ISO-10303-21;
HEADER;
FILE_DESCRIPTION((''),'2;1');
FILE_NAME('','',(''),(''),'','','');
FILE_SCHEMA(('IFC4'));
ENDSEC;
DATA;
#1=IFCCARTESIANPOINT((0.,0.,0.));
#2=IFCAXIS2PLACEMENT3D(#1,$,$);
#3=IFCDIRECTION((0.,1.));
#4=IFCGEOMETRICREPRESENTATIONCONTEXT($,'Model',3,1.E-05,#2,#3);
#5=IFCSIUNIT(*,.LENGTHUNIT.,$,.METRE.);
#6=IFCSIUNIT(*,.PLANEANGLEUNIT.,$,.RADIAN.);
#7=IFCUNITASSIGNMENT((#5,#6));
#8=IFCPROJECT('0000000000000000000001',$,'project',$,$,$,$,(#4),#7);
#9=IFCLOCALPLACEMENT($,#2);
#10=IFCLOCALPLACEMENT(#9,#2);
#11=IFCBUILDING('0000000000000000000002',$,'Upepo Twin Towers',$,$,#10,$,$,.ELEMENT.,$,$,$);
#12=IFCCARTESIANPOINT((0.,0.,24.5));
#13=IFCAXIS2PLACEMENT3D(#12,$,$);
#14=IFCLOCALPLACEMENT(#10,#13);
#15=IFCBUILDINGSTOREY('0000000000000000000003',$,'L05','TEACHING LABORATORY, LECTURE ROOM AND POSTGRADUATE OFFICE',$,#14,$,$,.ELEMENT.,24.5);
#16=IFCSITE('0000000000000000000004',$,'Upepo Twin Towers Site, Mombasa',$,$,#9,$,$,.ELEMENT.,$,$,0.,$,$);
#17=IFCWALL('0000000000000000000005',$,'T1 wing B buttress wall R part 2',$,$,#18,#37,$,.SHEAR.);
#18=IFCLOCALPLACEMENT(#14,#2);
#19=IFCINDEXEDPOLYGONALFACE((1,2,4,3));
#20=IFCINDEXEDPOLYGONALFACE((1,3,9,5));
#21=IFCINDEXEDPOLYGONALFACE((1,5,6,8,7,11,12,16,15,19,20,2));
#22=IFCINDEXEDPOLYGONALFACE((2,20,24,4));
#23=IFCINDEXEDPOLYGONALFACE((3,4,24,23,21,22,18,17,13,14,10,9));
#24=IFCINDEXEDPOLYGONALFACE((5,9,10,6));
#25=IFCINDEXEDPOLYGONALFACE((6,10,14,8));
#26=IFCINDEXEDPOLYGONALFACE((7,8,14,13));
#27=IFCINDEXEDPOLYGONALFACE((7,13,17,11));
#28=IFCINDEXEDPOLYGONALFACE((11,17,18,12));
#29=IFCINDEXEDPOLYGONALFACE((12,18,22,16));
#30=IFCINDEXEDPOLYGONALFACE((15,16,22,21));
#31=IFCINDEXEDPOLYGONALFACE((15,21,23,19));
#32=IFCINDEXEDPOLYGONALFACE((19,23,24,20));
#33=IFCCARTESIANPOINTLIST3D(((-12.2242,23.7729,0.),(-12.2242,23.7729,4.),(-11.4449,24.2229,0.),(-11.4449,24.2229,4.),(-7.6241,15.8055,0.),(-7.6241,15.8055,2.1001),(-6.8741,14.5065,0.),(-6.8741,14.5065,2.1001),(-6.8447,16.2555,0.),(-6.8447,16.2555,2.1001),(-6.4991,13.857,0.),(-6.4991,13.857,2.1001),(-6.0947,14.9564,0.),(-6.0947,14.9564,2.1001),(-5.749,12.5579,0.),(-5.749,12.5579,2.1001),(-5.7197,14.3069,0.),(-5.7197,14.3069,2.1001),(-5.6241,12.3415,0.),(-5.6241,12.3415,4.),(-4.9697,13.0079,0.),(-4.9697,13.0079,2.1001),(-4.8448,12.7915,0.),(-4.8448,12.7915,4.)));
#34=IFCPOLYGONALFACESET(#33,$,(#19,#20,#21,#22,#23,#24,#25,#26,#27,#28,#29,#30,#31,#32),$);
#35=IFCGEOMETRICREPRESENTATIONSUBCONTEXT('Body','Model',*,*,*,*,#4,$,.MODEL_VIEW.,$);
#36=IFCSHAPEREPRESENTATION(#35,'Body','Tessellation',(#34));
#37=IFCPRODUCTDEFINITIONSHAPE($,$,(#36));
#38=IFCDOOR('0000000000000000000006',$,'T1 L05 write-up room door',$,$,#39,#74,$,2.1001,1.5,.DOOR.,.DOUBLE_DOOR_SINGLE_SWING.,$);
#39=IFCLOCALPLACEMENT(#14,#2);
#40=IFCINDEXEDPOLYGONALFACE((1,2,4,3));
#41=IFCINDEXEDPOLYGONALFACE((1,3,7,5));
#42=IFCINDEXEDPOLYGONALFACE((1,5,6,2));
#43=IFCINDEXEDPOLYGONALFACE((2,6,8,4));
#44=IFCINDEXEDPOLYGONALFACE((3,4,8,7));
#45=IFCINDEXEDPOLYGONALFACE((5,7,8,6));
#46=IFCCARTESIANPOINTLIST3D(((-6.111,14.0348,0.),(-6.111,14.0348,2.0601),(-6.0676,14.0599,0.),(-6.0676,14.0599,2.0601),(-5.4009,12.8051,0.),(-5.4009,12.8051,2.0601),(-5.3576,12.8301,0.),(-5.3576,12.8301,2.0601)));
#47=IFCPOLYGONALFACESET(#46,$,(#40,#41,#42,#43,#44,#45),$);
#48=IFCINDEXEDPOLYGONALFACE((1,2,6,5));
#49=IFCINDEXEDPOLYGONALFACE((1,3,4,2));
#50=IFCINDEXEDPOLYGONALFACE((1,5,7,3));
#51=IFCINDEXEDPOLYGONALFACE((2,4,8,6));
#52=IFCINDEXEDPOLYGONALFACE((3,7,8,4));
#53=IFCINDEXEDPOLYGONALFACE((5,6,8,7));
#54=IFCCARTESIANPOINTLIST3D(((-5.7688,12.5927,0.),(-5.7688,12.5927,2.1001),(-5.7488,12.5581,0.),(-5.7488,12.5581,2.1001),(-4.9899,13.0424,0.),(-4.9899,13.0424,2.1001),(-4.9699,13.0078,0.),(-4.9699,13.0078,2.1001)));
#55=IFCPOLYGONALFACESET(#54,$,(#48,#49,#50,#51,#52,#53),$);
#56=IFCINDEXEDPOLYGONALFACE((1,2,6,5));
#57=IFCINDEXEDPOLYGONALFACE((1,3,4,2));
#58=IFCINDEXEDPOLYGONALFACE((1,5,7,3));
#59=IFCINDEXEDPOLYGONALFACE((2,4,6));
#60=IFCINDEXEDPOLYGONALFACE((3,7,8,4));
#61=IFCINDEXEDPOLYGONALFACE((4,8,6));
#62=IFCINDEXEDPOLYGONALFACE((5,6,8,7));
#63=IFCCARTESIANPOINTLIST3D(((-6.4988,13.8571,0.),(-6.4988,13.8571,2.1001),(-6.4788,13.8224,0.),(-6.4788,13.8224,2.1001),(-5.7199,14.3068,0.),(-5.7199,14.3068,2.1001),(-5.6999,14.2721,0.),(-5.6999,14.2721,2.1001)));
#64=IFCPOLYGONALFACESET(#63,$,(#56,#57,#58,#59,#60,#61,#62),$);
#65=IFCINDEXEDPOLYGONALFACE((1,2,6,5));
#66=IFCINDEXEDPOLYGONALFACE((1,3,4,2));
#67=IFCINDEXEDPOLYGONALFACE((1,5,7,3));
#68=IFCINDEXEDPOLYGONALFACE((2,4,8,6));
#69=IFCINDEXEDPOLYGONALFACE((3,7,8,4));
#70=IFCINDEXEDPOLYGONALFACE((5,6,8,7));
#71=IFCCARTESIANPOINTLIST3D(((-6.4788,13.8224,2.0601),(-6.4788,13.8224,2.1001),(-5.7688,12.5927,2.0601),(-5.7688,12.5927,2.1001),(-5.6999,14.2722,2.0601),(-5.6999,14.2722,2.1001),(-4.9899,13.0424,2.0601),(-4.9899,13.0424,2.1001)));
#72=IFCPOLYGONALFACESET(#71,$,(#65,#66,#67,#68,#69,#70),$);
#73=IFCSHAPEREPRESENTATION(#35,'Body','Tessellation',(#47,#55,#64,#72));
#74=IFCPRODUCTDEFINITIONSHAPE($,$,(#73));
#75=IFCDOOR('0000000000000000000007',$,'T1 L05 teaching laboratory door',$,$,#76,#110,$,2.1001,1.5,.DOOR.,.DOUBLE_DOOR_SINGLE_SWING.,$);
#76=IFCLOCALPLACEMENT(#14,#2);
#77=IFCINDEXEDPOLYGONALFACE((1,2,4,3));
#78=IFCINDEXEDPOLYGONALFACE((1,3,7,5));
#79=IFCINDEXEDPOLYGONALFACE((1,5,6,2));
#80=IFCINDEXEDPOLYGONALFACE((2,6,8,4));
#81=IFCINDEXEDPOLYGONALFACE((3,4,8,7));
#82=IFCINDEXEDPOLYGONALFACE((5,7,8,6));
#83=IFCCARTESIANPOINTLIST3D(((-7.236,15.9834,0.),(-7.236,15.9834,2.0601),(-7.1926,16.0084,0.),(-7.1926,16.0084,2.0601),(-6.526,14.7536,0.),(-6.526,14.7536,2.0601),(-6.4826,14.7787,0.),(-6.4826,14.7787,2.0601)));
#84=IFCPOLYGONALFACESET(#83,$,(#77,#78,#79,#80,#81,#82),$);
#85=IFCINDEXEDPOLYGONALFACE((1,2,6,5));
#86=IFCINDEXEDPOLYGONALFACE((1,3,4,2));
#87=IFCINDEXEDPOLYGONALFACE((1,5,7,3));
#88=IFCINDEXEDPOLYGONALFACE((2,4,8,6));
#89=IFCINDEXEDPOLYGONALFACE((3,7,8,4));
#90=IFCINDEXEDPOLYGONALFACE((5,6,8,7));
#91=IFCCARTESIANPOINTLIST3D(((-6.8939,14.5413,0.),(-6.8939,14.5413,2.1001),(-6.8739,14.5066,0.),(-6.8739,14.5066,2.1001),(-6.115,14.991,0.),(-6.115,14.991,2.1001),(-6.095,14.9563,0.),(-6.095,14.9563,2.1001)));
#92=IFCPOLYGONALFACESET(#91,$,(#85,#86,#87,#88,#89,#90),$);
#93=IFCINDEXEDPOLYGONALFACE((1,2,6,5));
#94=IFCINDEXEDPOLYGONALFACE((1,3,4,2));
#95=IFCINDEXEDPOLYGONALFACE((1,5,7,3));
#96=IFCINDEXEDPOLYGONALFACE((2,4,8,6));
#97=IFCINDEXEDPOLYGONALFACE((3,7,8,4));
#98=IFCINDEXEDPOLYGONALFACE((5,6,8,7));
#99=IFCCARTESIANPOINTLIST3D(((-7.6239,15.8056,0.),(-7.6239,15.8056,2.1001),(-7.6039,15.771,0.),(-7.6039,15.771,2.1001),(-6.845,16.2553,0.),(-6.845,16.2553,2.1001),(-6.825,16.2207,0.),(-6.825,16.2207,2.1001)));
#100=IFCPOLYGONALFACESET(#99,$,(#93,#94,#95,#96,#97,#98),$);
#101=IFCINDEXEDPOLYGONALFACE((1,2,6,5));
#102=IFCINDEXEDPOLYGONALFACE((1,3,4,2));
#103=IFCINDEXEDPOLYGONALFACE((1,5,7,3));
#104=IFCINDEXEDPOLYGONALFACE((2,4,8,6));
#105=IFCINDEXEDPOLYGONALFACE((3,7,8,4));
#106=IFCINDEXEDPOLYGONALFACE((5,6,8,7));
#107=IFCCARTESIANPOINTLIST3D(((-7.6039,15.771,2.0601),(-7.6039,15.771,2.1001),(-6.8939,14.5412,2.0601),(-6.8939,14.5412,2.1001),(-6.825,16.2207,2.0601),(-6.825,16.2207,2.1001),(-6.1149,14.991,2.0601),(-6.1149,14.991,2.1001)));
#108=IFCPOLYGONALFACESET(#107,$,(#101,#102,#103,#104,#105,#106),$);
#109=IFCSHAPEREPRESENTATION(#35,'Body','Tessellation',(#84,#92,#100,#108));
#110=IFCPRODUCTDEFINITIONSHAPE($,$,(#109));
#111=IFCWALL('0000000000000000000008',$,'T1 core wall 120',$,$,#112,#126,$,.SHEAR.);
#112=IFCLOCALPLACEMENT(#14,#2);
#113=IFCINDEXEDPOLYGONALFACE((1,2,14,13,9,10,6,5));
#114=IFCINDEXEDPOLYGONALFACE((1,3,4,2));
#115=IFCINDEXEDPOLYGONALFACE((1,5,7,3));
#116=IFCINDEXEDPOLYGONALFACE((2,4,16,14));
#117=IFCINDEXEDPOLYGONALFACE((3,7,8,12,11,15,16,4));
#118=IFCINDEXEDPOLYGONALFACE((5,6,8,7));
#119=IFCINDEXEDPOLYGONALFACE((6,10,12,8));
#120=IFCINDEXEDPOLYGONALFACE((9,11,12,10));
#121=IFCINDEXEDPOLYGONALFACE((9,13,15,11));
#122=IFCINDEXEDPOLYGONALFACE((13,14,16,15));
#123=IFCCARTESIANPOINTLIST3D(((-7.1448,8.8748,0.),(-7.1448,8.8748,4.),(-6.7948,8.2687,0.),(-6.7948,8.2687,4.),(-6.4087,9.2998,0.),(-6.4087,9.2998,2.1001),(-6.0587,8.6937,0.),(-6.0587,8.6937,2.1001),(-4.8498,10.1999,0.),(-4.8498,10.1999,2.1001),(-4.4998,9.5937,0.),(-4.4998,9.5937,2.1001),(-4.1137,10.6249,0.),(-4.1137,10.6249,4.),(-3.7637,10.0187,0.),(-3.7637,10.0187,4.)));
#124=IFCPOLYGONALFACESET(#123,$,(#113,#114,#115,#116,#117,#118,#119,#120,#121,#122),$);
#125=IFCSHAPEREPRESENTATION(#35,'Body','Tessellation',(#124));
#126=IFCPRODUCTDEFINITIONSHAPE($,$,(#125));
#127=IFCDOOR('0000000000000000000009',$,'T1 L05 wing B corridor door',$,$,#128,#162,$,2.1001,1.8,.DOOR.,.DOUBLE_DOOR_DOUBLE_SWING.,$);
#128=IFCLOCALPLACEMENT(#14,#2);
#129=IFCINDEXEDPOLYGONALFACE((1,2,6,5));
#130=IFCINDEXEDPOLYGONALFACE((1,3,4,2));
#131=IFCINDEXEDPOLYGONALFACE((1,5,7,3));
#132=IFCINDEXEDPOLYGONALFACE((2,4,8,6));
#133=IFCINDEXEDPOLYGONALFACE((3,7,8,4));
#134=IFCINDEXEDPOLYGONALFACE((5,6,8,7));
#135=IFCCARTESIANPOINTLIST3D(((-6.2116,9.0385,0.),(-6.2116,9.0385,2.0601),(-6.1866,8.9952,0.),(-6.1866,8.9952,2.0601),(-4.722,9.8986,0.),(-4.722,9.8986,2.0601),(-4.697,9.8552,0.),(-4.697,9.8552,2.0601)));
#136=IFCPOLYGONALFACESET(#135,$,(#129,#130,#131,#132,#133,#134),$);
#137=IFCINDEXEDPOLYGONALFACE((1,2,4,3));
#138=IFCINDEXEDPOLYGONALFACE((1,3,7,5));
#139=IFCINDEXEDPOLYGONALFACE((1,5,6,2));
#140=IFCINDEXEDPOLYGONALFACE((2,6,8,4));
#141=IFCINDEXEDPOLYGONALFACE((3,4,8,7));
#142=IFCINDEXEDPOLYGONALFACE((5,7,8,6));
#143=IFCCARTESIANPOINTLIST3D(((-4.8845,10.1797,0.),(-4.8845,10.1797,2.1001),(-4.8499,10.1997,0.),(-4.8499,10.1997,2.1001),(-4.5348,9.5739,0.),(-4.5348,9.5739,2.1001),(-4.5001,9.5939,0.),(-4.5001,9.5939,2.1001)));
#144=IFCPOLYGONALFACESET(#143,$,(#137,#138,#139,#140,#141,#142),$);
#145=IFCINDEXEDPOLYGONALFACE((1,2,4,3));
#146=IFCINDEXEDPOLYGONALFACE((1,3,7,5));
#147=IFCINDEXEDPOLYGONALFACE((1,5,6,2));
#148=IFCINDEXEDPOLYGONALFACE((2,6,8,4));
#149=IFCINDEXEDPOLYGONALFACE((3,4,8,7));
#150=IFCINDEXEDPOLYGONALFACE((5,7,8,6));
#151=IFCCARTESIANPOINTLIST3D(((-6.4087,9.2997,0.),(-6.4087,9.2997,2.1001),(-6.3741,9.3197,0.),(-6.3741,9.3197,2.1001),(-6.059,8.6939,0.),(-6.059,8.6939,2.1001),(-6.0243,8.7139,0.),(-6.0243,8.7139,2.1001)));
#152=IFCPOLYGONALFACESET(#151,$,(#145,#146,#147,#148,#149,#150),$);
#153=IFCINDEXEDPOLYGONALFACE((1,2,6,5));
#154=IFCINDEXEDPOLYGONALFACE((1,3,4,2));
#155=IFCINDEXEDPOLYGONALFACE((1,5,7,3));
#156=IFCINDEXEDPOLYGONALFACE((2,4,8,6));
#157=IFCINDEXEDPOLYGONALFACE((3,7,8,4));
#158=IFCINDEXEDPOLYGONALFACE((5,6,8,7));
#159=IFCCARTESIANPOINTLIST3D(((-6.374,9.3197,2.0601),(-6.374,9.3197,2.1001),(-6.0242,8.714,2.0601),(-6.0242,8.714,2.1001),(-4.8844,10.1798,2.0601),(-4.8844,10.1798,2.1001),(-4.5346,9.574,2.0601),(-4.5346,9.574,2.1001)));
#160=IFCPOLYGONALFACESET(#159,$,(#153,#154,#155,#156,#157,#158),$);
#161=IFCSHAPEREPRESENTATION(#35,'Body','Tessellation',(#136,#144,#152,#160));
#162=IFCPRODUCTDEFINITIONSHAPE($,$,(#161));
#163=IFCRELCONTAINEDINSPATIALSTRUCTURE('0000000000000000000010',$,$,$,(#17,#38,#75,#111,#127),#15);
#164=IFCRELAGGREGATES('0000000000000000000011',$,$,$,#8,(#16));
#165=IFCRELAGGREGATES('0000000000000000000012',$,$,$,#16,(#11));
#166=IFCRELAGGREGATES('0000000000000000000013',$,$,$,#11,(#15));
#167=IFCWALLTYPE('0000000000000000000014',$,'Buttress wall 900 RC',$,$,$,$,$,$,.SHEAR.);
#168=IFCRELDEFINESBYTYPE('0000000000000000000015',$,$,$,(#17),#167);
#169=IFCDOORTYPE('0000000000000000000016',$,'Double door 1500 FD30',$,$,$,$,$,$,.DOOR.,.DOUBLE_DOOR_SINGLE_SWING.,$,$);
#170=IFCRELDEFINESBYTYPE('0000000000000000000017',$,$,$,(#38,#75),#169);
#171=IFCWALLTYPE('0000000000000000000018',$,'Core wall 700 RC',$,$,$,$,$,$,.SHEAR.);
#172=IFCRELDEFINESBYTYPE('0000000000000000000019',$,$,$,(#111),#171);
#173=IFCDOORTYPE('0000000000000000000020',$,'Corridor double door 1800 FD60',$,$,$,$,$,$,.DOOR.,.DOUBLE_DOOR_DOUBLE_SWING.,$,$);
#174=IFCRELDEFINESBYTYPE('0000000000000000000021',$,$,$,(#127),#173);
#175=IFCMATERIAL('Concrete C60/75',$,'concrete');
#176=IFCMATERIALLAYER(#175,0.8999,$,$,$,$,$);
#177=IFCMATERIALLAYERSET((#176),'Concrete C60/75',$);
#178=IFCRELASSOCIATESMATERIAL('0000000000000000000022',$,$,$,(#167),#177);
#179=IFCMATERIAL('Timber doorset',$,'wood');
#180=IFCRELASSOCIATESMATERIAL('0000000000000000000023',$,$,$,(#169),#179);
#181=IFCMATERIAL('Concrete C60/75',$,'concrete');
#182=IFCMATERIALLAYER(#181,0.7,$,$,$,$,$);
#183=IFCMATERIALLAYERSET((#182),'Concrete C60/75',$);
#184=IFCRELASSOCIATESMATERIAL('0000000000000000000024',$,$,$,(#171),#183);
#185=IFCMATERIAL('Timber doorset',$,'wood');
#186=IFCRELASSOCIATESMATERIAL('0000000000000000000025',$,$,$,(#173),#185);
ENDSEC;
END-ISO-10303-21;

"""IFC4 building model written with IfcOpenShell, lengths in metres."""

from ifc_helpers import new_model, si_unit, direction, frame, frame_2d, origin, place, context, subcontext, project, spatial, rectangle, extrude, material, layer, layer_set, type_object, element, fill, save


model = new_model("IFC4")

# Units and contexts
model_context = context("Model", 3, precision=1e-05, world=origin(), true_north=direction((0.0, 1.0)))
body_context = subcontext(model_context, "Body", "Model", "MODEL_VIEW")
ifc_project = project(units=[si_unit("LENGTHUNIT", "METRE"), si_unit("PLANEANGLEUNIT", "RADIAN")], contexts=[model_context])

# Site, building, storey
site_placement = place(None, origin())
site = spatial("IfcSite", under=ifc_project, at=site_placement, Name="Upepo Twin Towers Site, Mombasa", CompositionType="ELEMENT", RefElevation=0.0)
building_placement = place(site_placement, origin())
building = spatial("IfcBuilding", under=site, at=building_placement, Name="Upepo Twin Towers", CompositionType="ELEMENT")
storey_placement = place(building_placement, frame((0.0, 0.0, 24.5)))
storey = spatial("IfcBuildingStorey", under=building, at=storey_placement, Name="L05", Description="TEACHING LABORATORY, LECTURE ROOM AND POSTGRADUATE OFFICE", CompositionType="ELEMENT", Elevation=24.5)

# Wall, openings, doors
ifc_material_1 = material(Name="Concrete C60/75", Category="concrete")
ifc_layer_1 = layer(ifc_material_1, 0.8999)
ifc_layer_set_1 = layer_set([ifc_layer_1], Name="Concrete C60/75")
wall_type_1 = type_object("IfcWallType", Name="Buttress wall 900 RC", PredefinedType="SHEAR", material=ifc_layer_set_1)
ifc_material_2 = material(Name="Timber doorset", Category="wood")
door_type_1 = type_object("IfcDoorType", Name="Double door 1500 FD30", OperationType="DOUBLE_DOOR_SINGLE_SWING", PredefinedType="DOOR", material=ifc_material_2)
wall_1_placement = place(storey_placement, frame((-5.2344, 12.5664, 0.0), z_axis=(0.0, 0.0, 1.0), x_axis=(-0.50001, 0.86602, 0.0)))
wall_1 = element("IfcWall", 1, at=wall_1_placement, inside=storey, type_object=wall_type_1, Name="T1 wing B buttress wall R part 2", PredefinedType="SHEAR", context=body_context, shape_type="SweptSolid", body=[
    extrude(rectangle(XDim=13.2, YDim=0.8999, at=frame_2d((6.6001, 0.0))), origin(), (0.0, 0.0, 1.0), 4.0),
])
opening_1_placement = place(wall_1_placement, frame((0.25, 0.0, 0.0)))
opening_1 = element("IfcOpeningElement", 2, at=opening_1_placement, cuts=wall_1, PredefinedType="OPENING", context=body_context, shape_type="SweptSolid", body=[
    extrude(rectangle(XDim=1.5, YDim=2.1001, at=frame_2d((0.75, 1.05))), frame((0.0, 0.46, 0.0), z_axis=(0.0, -1.0, 0.0), x_axis=(1.0, 0.0, 0.0)), (0.0, 0.0, 1.0), 0.9199),
])
opening_2_placement = place(wall_1_placement, frame((2.5, 0.0, 0.0)))
opening_2 = element("IfcOpeningElement", 3, at=opening_2_placement, cuts=wall_1, PredefinedType="OPENING", context=body_context, shape_type="SweptSolid", body=[
    extrude(rectangle(XDim=1.5, YDim=2.1001, at=frame_2d((0.75, 1.05))), frame((0.0, 0.46, 0.0), z_axis=(0.0, -1.0, 0.0), x_axis=(1.0, 0.0, 0.0)), (0.0, 0.0, 1.0), 0.9199),
])
door_1_placement = place(opening_1_placement, origin())
door_1 = element("IfcDoor", 4, at=door_1_placement, inside=storey, type_object=door_type_1, Name="T1 L05 write-up room door", OperationType="DOUBLE_DOOR_SINGLE_SWING", OverallHeight=2.1001, OverallWidth=1.5, PredefinedType="DOOR", context=body_context, shape_type="SweptSolid", body=[
    extrude(rectangle(XDim=1.42, YDim=2.0601, at=frame_2d((0.75, 1.03))), frame((0.0, 0.0249, 0.0), z_axis=(0.0, -1.0, 0.0), x_axis=(1.0, 0.0, 0.0)), (0.0, 0.0, 1.0), 0.05),
    extrude(rectangle(XDim=0.04, YDim=2.1001, at=frame_2d((0.02, 1.05))), frame((0.0, 0.4497, 0.0), z_axis=(0.0, -1.0, 0.0), x_axis=(1.0, 0.0, 0.0)), (0.0, 0.0, 1.0), 0.8994),
    extrude(rectangle(XDim=0.04, YDim=2.1001, at=frame_2d((1.48, 1.05))), frame((0.0, 0.4497, 0.0), z_axis=(0.0, -1.0, 0.0), x_axis=(1.0, 0.0, 0.0)), (0.0, 0.0, 1.0), 0.8994),
    extrude(rectangle(XDim=1.42, YDim=0.04, at=frame_2d((0.75, 2.0801))), frame((0.0, 0.4497, 0.0), z_axis=(0.0, -1.0, 0.0), x_axis=(1.0, 0.0, 0.0)), (0.0, 0.0, 1.0), 0.8994),
])
fill(opening_1, door_1)
door_2_placement = place(opening_2_placement, origin())
door_2 = element("IfcDoor", 5, at=door_2_placement, inside=storey, type_object=door_type_1, Name="T1 L05 teaching laboratory door", OperationType="DOUBLE_DOOR_SINGLE_SWING", OverallHeight=2.1001, OverallWidth=1.5, PredefinedType="DOOR", context=body_context, shape_type="SweptSolid", body=[
    extrude(rectangle(XDim=1.42, YDim=2.0601, at=frame_2d((0.75, 1.03))), frame((0.0, 0.0249, 0.0), z_axis=(0.0, -1.0, 0.0), x_axis=(1.0, 0.0, 0.0)), (0.0, 0.0, 1.0), 0.05),
    extrude(rectangle(XDim=0.04, YDim=2.1001, at=frame_2d((0.02, 1.05))), frame((0.0, 0.4497, 0.0), z_axis=(0.0, -1.0, 0.0), x_axis=(1.0, 0.0, 0.0)), (0.0, 0.0, 1.0), 0.8994),
    extrude(rectangle(XDim=0.04, YDim=2.1001, at=frame_2d((1.48, 1.05))), frame((0.0, 0.4497, 0.0), z_axis=(0.0, -1.0, 0.0), x_axis=(1.0, 0.0, 0.0)), (0.0, 0.0, 1.0), 0.8994),
    extrude(rectangle(XDim=1.42, YDim=0.04, at=frame_2d((0.75, 2.0801))), frame((0.0, 0.4497, 0.0), z_axis=(0.0, -1.0, 0.0), x_axis=(1.0, 0.0, 0.0)), (0.0, 0.0, 1.0), 0.8994),
])
fill(opening_2, door_2)

# Wall, opening, door
ifc_material_3 = material(Name="Concrete C60/75", Category="concrete")
ifc_layer_2 = layer(ifc_material_3, 0.7)
ifc_layer_set_2 = layer_set([ifc_layer_2], Name="Concrete C60/75")
wall_type_2 = type_object("IfcWallType", Name="Core wall 700 RC", PredefinedType="SHEAR", material=ifc_layer_set_2)
wall_2_placement = place(storey_placement, frame((-3.9387, 10.3218, 0.0), z_axis=(0.0, 0.0, 1.0), x_axis=(-0.866019, -0.50001, 0.0)))
wall_2 = element("IfcWall", 6, at=wall_2_placement, inside=storey, type_object=wall_type_2, Name="T1 core wall 120", PredefinedType="SHEAR", context=body_context, shape_type="SweptSolid", body=[
    extrude(rectangle(XDim=3.5, YDim=0.7, at=frame_2d((1.75, 0.0))), origin(), (0.0, 0.0, 1.0), 4.0),
])
opening_3_placement = place(wall_2_placement, frame((0.8501, 0.0, 0.0)))
opening_3 = element("IfcOpeningElement", 7, at=opening_3_placement, cuts=wall_2, PredefinedType="OPENING", context=body_context, shape_type="SweptSolid", body=[
    extrude(rectangle(XDim=1.8, YDim=2.1001, at=frame_2d((0.8999, 1.05))), frame((0.0, 0.3599, 0.0), z_axis=(0.0, -1.0, 0.0), x_axis=(1.0, 0.0, 0.0)), (0.0, 0.0, 1.0), 0.72),
])
ifc_material_4 = material(Name="Timber doorset", Category="wood")
door_type_2 = type_object("IfcDoorType", Name="Corridor double door 1800 FD60", OperationType="DOUBLE_DOOR_DOUBLE_SWING", PredefinedType="DOOR", material=ifc_material_4)
door_3_placement = place(opening_3_placement, origin())
door_3 = element("IfcDoor", 8, at=door_3_placement, inside=storey, type_object=door_type_2, Name="T1 L05 wing B corridor door", OperationType="DOUBLE_DOOR_DOUBLE_SWING", OverallHeight=2.1001, OverallWidth=1.8, PredefinedType="DOOR", context=body_context, shape_type="SweptSolid", body=[
    extrude(rectangle(XDim=1.72, YDim=2.0601, at=frame_2d((0.8999, 1.03))), frame((0.0, 0.0249, 0.0), z_axis=(0.0, -1.0, 0.0), x_axis=(1.0, 0.0, 0.0)), (0.0, 0.0, 1.0), 0.05),
    extrude(rectangle(XDim=0.04, YDim=2.1001, at=frame_2d((0.02, 1.05))), frame((0.0, 0.3496, 0.0), z_axis=(0.0, -1.0, 0.0), x_axis=(1.0, 0.0, 0.0)), (0.0, 0.0, 1.0), 0.6995),
    extrude(rectangle(XDim=0.04, YDim=2.1001, at=frame_2d((1.78, 1.05))), frame((0.0, 0.3496, 0.0), z_axis=(0.0, -1.0, 0.0), x_axis=(1.0, 0.0, 0.0)), (0.0, 0.0, 1.0), 0.6995),
    extrude(rectangle(XDim=1.72, YDim=0.04, at=frame_2d((0.8999, 2.0801))), frame((0.0, 0.3496, 0.0), z_axis=(0.0, -1.0, 0.0), x_axis=(1.0, 0.0, 0.0)), (0.0, 0.0, 1.0), 0.6995),
])
fill(opening_3, door_3)

save(model, "model.ifc")
